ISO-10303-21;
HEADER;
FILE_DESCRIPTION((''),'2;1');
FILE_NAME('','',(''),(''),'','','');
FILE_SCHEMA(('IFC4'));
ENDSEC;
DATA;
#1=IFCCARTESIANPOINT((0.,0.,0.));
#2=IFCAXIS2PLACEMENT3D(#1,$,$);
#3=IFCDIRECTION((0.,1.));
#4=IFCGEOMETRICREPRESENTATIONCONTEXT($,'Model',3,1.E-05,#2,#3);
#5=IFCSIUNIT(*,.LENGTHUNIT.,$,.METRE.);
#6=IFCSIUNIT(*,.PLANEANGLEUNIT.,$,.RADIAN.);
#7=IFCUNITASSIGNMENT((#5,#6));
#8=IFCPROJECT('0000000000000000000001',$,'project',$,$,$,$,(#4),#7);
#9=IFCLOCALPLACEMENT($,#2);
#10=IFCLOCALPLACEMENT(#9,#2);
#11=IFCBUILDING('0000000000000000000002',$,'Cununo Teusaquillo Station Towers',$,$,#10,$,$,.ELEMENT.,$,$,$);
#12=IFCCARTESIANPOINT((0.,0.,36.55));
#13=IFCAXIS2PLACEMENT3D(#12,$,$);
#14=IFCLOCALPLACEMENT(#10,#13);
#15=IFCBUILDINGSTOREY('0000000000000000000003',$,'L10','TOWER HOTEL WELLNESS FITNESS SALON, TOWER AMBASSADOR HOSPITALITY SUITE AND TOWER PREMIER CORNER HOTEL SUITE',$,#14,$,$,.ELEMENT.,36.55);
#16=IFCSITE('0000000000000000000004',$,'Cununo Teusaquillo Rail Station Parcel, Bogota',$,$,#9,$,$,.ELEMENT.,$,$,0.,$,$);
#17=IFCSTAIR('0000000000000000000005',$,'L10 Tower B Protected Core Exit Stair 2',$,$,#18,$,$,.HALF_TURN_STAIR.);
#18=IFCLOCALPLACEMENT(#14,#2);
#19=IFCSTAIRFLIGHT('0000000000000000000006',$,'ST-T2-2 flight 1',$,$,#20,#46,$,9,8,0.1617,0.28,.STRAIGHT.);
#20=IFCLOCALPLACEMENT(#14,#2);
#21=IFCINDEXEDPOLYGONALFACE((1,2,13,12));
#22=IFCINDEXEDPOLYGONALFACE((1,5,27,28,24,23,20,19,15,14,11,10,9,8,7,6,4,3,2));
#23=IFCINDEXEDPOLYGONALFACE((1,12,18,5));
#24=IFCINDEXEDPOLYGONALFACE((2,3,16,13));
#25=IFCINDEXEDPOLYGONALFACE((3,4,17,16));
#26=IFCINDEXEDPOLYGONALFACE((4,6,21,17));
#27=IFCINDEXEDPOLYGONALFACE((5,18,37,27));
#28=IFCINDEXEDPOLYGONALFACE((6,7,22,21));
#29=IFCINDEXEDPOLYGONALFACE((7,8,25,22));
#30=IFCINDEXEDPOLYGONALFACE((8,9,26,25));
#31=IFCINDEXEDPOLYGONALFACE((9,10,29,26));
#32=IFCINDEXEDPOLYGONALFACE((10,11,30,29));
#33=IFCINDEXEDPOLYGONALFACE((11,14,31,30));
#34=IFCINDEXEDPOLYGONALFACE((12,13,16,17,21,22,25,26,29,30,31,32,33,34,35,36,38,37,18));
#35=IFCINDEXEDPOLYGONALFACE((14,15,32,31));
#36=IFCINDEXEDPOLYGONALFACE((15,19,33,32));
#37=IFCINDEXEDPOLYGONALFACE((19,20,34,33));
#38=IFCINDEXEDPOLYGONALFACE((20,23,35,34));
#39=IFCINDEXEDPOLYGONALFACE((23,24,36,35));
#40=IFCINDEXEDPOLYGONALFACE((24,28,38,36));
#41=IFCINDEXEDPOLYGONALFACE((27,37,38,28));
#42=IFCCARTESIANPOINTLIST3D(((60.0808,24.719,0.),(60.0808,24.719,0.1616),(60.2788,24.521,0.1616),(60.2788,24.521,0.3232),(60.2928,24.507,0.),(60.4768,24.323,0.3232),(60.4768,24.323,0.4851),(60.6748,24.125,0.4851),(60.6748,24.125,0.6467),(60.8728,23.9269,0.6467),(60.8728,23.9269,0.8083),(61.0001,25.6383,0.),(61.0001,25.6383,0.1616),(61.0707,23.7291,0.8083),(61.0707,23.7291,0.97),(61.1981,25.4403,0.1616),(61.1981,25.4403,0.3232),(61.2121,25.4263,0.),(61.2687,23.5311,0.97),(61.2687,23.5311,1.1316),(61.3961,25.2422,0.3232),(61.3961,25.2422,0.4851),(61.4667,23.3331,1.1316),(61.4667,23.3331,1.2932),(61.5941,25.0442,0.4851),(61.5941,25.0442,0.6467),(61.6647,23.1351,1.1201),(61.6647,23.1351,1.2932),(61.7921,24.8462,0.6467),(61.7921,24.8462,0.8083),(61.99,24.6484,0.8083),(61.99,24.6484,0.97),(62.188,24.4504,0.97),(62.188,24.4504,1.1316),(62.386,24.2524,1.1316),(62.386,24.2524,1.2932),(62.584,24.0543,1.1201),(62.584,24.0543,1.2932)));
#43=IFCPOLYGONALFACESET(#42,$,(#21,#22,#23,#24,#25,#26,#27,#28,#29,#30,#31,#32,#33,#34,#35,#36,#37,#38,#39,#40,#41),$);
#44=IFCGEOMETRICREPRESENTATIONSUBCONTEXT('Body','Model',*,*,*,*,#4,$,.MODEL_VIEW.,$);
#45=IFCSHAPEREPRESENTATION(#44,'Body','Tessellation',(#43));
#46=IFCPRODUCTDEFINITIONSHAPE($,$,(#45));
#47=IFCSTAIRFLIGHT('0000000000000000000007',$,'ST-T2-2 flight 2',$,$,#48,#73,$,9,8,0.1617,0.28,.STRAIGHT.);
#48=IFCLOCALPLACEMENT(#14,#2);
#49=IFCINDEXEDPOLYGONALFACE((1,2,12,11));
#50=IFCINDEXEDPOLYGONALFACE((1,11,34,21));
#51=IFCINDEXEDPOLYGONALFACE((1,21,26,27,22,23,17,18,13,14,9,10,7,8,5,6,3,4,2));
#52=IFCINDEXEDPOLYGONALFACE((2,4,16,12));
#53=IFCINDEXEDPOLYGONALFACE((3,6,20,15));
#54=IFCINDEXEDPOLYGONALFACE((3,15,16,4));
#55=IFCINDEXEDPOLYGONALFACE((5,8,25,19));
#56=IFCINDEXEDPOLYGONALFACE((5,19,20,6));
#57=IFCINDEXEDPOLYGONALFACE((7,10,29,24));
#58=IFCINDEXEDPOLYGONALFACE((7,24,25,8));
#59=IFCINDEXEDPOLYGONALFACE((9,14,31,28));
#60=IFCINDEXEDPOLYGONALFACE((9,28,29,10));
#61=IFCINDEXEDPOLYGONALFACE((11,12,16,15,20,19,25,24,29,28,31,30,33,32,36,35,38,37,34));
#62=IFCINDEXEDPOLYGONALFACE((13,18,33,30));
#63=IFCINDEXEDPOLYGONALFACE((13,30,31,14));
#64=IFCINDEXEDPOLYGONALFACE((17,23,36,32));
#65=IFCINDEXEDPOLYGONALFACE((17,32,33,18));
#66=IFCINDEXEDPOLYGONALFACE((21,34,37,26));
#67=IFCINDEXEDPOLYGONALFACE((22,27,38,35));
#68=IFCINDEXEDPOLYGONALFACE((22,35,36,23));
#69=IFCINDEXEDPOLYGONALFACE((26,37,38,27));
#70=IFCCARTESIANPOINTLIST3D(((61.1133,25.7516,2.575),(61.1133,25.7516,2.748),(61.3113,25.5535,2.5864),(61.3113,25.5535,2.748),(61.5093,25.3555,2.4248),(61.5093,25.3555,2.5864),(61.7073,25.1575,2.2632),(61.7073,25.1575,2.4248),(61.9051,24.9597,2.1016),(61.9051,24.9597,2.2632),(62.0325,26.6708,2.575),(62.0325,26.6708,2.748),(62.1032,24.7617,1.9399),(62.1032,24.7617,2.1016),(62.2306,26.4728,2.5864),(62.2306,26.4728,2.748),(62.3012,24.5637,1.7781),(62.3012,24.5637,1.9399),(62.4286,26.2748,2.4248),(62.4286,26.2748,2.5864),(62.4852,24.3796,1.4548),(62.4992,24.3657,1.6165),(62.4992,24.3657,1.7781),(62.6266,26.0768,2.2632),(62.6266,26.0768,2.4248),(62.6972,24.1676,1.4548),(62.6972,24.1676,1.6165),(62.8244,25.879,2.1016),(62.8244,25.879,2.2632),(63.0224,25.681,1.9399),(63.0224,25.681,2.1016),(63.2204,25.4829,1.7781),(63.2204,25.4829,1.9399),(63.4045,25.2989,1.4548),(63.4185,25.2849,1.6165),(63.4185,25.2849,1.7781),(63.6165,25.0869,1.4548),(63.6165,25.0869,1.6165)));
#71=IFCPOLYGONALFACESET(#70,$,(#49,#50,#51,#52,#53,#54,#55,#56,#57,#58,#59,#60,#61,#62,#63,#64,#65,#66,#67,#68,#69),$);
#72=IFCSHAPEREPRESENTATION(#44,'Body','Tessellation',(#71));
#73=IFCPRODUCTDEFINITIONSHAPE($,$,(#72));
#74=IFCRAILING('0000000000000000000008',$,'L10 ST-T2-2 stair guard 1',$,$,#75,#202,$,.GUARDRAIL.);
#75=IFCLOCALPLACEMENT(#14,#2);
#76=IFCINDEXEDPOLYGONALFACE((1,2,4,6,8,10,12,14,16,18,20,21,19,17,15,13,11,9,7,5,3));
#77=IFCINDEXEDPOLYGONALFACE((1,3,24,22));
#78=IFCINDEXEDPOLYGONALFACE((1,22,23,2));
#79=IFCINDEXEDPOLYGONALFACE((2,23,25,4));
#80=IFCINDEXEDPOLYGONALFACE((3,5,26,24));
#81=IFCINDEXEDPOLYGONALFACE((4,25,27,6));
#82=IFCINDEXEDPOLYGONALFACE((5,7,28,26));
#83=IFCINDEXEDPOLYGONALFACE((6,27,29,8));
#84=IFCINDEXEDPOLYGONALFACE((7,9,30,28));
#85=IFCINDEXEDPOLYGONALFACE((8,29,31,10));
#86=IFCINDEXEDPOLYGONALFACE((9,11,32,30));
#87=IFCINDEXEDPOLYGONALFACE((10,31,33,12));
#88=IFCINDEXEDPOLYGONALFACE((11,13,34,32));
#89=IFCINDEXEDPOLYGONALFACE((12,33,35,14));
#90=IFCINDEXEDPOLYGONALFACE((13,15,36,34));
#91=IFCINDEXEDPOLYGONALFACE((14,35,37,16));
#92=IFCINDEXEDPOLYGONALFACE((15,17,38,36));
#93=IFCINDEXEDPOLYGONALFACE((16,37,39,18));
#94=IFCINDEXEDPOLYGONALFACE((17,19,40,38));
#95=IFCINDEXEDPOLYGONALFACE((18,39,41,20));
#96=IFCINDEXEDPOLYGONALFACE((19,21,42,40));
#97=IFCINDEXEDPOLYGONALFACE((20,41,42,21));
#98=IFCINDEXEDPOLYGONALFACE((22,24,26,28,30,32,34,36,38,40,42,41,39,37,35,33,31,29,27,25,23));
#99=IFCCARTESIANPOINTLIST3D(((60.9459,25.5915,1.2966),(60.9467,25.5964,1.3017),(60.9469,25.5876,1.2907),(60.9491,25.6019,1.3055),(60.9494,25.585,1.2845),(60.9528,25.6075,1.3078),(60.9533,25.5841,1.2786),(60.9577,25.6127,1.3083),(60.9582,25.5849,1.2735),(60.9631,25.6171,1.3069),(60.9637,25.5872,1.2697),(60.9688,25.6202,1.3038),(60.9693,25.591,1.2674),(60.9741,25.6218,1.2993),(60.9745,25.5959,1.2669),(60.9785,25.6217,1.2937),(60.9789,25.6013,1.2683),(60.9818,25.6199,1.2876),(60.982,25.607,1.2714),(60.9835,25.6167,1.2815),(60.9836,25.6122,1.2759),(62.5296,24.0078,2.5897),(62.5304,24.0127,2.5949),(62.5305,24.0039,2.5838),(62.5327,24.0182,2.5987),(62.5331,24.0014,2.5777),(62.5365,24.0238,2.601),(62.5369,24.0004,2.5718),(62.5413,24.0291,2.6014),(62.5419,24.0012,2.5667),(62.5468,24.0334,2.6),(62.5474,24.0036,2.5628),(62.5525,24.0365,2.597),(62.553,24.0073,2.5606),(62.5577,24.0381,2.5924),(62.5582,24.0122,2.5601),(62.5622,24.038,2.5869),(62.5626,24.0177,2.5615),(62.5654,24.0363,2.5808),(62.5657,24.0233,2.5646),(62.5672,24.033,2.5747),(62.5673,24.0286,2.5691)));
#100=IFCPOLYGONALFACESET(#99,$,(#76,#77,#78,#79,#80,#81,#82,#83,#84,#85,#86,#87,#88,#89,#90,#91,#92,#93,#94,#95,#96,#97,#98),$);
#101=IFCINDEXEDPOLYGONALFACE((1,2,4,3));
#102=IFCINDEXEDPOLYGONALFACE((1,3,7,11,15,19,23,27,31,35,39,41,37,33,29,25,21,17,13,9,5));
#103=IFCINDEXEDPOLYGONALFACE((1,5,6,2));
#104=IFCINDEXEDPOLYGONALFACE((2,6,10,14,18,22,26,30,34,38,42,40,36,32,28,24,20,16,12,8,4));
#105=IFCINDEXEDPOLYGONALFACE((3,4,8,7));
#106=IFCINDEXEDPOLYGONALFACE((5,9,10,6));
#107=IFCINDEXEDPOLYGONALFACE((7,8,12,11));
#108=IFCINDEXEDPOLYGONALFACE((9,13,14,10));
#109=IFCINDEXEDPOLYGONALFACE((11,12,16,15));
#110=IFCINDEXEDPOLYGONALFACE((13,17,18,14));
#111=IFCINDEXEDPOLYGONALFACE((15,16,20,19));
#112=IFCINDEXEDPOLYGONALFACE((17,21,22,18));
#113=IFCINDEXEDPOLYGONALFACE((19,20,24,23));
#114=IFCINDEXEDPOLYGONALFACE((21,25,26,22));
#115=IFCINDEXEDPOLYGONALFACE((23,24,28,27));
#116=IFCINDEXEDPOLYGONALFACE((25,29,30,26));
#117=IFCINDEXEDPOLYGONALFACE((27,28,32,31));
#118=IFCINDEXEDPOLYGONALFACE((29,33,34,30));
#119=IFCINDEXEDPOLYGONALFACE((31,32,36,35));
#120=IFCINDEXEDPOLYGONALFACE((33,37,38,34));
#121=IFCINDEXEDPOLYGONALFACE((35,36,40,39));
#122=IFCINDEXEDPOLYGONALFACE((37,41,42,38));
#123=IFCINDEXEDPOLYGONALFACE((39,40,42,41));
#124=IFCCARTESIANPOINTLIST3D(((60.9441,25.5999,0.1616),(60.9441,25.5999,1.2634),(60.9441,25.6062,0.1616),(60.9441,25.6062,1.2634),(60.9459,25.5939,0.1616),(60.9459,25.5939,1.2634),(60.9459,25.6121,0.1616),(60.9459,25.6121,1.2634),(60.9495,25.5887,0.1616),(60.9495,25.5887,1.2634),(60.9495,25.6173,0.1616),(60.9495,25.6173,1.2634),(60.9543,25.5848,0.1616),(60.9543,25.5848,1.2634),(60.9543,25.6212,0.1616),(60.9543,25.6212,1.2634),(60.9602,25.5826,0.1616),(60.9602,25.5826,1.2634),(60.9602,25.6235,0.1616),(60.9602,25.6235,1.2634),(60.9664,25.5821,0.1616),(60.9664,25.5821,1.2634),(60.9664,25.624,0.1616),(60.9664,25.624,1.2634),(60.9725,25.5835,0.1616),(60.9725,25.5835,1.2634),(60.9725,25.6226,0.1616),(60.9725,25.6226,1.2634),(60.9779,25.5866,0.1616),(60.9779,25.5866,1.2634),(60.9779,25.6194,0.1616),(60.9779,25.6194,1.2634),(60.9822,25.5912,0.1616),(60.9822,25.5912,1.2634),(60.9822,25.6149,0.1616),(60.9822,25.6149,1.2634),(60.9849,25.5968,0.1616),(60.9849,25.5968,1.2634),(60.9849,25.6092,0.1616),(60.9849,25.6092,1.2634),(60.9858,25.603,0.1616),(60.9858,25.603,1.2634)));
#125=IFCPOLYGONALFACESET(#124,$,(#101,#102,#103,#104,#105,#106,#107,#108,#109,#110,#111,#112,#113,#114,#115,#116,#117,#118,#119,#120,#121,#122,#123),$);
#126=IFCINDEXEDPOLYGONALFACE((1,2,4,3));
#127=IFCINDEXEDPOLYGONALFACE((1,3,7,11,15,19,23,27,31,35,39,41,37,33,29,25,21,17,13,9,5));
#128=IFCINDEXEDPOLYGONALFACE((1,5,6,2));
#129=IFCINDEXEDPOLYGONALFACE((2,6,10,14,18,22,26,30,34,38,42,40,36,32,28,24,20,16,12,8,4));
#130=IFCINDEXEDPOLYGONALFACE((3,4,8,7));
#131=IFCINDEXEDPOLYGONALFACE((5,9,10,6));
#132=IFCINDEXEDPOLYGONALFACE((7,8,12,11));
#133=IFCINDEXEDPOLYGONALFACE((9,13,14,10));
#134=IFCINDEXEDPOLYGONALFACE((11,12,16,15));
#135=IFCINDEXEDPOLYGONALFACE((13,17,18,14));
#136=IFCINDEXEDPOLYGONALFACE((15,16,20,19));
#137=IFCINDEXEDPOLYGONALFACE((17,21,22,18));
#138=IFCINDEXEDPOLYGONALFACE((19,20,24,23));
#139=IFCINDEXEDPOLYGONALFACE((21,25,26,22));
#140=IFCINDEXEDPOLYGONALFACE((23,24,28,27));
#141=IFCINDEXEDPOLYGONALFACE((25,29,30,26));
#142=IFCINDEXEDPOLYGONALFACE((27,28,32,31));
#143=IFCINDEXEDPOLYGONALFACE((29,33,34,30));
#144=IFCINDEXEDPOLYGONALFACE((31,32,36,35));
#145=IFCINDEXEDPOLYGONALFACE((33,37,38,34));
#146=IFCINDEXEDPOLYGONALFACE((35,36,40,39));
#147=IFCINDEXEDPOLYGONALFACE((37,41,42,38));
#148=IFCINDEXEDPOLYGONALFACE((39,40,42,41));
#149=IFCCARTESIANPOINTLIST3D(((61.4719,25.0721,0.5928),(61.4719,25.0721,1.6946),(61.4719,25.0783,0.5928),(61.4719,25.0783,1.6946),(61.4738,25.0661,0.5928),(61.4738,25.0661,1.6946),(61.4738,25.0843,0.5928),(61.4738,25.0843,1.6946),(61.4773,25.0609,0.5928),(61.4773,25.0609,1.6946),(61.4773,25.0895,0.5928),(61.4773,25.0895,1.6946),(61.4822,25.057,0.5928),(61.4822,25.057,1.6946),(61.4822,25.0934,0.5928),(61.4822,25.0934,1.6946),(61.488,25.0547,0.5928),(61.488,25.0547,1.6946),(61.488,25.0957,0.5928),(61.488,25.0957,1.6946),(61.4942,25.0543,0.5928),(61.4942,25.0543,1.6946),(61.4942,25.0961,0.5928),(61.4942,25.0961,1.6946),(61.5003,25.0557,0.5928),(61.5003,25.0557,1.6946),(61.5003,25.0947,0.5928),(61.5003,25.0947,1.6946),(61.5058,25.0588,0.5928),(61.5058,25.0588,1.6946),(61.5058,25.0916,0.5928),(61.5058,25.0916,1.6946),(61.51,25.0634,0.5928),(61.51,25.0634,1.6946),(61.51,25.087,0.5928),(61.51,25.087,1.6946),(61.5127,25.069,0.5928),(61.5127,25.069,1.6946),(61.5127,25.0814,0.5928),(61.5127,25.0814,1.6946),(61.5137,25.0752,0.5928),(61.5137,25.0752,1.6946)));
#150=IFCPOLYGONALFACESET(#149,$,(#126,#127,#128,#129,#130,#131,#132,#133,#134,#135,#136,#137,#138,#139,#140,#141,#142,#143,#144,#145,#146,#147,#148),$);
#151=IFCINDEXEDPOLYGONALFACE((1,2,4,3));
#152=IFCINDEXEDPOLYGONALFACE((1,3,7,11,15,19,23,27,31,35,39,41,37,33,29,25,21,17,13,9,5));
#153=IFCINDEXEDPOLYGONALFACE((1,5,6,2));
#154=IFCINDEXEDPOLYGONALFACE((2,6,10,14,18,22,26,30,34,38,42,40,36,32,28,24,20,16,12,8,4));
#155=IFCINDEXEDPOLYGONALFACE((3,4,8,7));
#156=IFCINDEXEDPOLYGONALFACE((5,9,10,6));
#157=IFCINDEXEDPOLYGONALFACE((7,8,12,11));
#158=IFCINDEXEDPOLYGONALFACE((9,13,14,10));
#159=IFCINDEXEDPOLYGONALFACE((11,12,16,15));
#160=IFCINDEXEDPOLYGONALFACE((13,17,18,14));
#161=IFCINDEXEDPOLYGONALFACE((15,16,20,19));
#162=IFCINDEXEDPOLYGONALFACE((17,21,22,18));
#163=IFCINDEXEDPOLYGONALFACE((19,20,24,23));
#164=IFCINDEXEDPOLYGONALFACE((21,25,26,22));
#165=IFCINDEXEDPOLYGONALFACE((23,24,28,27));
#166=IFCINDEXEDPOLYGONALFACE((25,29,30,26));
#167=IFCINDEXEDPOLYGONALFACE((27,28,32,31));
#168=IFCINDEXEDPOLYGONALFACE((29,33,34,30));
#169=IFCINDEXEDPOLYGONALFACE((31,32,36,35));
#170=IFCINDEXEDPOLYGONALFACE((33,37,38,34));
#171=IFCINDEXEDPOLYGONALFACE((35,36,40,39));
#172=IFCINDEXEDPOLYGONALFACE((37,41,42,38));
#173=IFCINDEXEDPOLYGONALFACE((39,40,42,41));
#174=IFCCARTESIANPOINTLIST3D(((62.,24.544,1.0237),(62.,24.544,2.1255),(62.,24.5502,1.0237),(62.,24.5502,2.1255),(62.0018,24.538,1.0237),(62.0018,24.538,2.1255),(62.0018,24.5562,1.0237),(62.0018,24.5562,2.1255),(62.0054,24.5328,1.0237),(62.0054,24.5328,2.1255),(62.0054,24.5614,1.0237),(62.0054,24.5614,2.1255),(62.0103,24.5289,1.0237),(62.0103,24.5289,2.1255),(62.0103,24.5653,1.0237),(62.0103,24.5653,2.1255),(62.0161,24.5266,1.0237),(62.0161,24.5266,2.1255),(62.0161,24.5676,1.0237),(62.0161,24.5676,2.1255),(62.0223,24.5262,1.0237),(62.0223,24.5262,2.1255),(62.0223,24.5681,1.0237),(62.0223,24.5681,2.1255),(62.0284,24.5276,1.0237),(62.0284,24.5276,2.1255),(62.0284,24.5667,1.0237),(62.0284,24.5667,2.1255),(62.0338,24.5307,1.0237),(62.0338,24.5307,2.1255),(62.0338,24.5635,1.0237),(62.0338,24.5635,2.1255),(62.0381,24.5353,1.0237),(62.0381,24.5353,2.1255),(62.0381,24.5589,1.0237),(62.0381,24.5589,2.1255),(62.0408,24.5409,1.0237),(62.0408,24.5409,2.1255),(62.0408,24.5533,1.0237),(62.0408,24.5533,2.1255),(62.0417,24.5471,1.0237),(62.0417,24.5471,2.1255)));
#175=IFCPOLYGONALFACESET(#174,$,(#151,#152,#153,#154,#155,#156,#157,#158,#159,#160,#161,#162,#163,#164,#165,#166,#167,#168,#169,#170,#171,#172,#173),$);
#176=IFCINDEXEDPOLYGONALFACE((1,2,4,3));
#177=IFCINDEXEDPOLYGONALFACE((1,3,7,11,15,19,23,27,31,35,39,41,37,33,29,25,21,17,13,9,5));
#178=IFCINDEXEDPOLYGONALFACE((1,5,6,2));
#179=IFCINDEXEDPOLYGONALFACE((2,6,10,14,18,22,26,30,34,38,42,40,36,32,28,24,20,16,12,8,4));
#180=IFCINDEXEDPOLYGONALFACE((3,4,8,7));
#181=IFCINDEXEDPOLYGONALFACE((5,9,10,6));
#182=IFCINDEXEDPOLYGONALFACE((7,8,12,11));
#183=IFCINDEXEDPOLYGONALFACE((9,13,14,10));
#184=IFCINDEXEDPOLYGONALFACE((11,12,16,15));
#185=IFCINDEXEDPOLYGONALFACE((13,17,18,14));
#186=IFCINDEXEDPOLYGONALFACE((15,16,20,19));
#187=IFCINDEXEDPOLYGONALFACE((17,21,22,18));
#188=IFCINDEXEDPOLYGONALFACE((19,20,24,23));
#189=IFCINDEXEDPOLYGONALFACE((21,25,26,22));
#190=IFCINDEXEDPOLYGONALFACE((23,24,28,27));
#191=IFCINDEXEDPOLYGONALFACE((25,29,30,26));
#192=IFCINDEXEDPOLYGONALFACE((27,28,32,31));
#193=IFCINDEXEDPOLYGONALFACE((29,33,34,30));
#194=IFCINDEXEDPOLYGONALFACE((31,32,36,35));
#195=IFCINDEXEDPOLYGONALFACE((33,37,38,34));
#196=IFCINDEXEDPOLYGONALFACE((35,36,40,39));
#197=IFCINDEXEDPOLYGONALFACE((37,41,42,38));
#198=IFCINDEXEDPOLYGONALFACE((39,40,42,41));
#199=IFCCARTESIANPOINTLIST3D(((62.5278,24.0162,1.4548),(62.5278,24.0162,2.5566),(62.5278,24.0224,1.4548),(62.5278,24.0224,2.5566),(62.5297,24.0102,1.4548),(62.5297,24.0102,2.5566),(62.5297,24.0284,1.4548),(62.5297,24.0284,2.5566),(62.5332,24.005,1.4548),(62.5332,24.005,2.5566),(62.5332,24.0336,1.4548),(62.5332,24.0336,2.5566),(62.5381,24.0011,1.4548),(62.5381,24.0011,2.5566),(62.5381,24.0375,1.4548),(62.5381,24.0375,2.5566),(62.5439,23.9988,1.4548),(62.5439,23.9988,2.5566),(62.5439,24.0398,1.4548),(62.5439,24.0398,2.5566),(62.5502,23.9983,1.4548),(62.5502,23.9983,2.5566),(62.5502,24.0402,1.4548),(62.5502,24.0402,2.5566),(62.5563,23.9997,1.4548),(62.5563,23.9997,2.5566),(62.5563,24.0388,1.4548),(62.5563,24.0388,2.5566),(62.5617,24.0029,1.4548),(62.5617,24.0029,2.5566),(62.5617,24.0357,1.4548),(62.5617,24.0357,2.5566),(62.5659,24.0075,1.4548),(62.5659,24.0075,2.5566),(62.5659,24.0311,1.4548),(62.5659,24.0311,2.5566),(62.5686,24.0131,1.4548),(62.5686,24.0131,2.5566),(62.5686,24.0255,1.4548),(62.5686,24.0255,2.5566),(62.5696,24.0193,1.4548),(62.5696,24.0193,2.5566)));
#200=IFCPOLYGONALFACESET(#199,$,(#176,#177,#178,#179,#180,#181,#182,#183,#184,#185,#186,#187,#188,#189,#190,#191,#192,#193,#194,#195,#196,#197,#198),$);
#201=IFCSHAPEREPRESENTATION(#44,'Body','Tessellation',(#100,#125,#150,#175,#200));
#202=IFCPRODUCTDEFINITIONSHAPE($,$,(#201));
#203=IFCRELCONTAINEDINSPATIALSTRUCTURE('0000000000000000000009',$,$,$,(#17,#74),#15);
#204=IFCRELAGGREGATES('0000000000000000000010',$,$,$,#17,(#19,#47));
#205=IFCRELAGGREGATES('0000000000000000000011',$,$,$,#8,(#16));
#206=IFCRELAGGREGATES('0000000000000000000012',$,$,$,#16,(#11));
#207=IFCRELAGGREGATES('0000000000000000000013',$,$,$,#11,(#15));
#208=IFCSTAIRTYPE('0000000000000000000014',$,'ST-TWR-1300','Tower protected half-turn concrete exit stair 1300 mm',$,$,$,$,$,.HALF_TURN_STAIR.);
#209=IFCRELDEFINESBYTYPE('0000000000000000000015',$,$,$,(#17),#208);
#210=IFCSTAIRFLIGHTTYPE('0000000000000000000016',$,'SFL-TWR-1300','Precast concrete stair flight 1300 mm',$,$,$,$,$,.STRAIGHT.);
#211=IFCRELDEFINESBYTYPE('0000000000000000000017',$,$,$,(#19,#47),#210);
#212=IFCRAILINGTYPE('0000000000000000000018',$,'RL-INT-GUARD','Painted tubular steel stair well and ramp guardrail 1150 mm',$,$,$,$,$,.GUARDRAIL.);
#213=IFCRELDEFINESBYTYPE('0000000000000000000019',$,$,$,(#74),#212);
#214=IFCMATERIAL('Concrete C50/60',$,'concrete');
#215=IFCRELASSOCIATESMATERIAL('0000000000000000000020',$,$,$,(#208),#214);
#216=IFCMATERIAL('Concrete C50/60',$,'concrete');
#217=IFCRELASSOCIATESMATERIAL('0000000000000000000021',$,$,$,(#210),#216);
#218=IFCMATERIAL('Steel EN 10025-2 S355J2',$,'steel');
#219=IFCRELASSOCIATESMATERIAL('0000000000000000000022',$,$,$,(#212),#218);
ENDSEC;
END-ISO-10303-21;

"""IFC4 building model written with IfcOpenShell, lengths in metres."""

from ifc_helpers import new_model, si_unit, direction, frame, origin, origin_2d, place, context, subcontext, project, spatial, polyline, circle, outline, extrude, material, type_object, element, aggregate, save


model = new_model("IFC4")

# Units and contexts
model_context = context("Model", 3, precision=1e-05, world=origin(), true_north=direction((0.0, 1.0)))
body_context = subcontext(model_context, "Body", "Model", "MODEL_VIEW")
ifc_project = project(units=[si_unit("LENGTHUNIT", "METRE"), si_unit("PLANEANGLEUNIT", "RADIAN")], contexts=[model_context])

# Site, building, storey
site_placement = place(None, origin())
site = spatial("IfcSite", under=ifc_project, at=site_placement, Name="Cununo Teusaquillo Rail Station Parcel, Bogota", CompositionType="ELEMENT", RefElevation=0.0)
building_placement = place(site_placement, origin())
building = spatial("IfcBuilding", under=site, at=building_placement, Name="Cununo Teusaquillo Station Towers", CompositionType="ELEMENT")
storey_placement = place(building_placement, frame((0.0, 0.0, 36.55)))
storey = spatial("IfcBuildingStorey", under=building, at=storey_placement, Name="L10", Description="TOWER HOTEL WELLNESS FITNESS SALON, TOWER AMBASSADOR HOSPITALITY SUITE AND TOWER PREMIER CORNER HOTEL SUITE", CompositionType="ELEMENT", Elevation=36.55)

# Stair, stair flights
ifc_material_1 = material(Name="Concrete C50/60", Category="concrete")
stair_type = type_object("IfcStairType", Name="ST-TWR-1300", Description="Tower protected half-turn concrete exit stair 1300 mm", PredefinedType="HALF_TURN_STAIR", material=ifc_material_1)
stair_placement = place(storey_placement, origin())
stair = element("IfcStair", 1, at=stair_placement, inside=storey, type_object=stair_type, Name="L10 Tower B Protected Core Exit Stair 2", PredefinedType="HALF_TURN_STAIR")
ifc_material_2 = material(Name="Concrete C50/60", Category="concrete")
stair_flight_type = type_object("IfcStairFlightType", Name="SFL-TWR-1300", Description="Precast concrete stair flight 1300 mm", PredefinedType="STRAIGHT", material=ifc_material_2)
stair_flight_1_placement = place(storey_placement, frame((60.5405, 25.1787, 0.0), z_axis=(0.0, 0.0, 1.0), x_axis=(0.707107, -0.707107, 0.0)))
stair_flight_1 = element("IfcStairFlight", 2, at=stair_flight_1_placement, type_object=stair_flight_type, Name="ST-T2-2 flight 1", NumberOfRisers=9, NumberOfTreads=8, PredefinedType="STRAIGHT", RiserHeight=0.1617, TreadLength=0.28, context=body_context, shape_type="SweptSolid", body=[
    extrude(outline(polyline([(0.0, 0.0), (0.0, 0.1616), (0.28, 0.1616), (0.28, 0.3232), (0.5601, 0.3232), (0.5601, 0.4851), (0.8401, 0.4851), (0.8401, 0.6467), (1.1201, 0.6467), (1.1201, 0.8083), (1.3999, 0.8083), (1.3999, 0.97), (1.6799, 0.97), (1.6799, 1.1316), (1.96, 1.1316), (1.96, 1.2932), (2.24, 1.2932), (2.24, 1.4551), (2.24, 1.1201), (0.2998, 0.0), (0.0, 0.0)])), frame((0.0, 0.6499, 0.0), z_axis=(0.0, -1.0, 0.0), x_axis=(1.0, 0.0, 0.0)), (0.0, 0.0, 1.0), 1.3),
])
stair_flight_2_placement = place(storey_placement, frame((63.1567, 24.6272, 1.4548), z_axis=(0.0, 0.0, 1.0), x_axis=(-0.707107, 0.707107, 0.0)))
stair_flight_2 = element("IfcStairFlight", 3, at=stair_flight_2_placement, type_object=stair_flight_type, Name="ST-T2-2 flight 2", NumberOfRisers=9, NumberOfTreads=8, PredefinedType="STRAIGHT", RiserHeight=0.1617, TreadLength=0.28, context=body_context, shape_type="SweptSolid", body=[
    extrude(outline(polyline([(0.0, 0.0), (0.0, 0.1616), (0.28, 0.1616), (0.28, 0.3232), (0.5601, 0.3232), (0.5601, 0.4851), (0.8401, 0.4851), (0.8401, 0.6467), (1.1201, 0.6467), (1.1201, 0.8083), (1.3999, 0.8083), (1.3999, 0.97), (1.6799, 0.97), (1.6799, 1.1316), (1.96, 1.1316), (1.96, 1.2932), (2.24, 1.2932), (2.24, 1.4551), (2.24, 1.1201), (0.2998, 0.0), (0.0, 0.0)])), frame((0.0, 0.6499, 0.0), z_axis=(0.0, -1.0, 0.0), x_axis=(1.0, 0.0, 0.0)), (0.0, 0.0, 1.0), 1.3),
])
aggregate(stair, [stair_flight_1, stair_flight_2])

# Railing
ifc_material_3 = material(Name="Steel EN 10025-2 S355J2", Category="steel")
railing_type_1 = type_object("IfcRailingType", Name="RL-INT-GUARD", Description="Painted tubular steel stair well and ramp guardrail 1150 mm", PredefinedType="GUARDRAIL", material=ifc_material_3)
railing_1_placement = place(storey_placement, frame((60.9648, 25.603, 0.1616)))
element("IfcRailing", 4, at=railing_1_placement, inside=storey, type_object=railing_type_1, Name="L10 ST-T2-2 stair guard 1", PredefinedType="GUARDRAIL", context=body_context, shape_type="SweptSolid", body=[
    extrude(circle(Radius=0.0239, at=origin_2d()), frame((0.0, 0.0, 1.126), z_axis=(0.612361, -0.612361, 0.500027), x_axis=(0.707107, 0.707107, 0.0)), (0.0, 0.0, 1.0), 2.5862),
    extrude(circle(Radius=0.021, at=origin_2d()), origin(), (0.0, 0.0, 1.0), 1.1018),
    extrude(circle(Radius=0.021, at=origin_2d()), frame((0.5278, -0.5278, 0.4312)), (0.0, 0.0, 1.0), 1.1018),
    extrude(circle(Radius=0.021, at=origin_2d()), frame((1.0559, -1.0559, 0.8621)), (0.0, 0.0, 1.0), 1.1018),
    extrude(circle(Radius=0.021, at=origin_2d()), frame((1.5837, -1.5837, 1.2932)), (0.0, 0.0, 1.0), 1.1018),
])

save(model, "model.ifc")
